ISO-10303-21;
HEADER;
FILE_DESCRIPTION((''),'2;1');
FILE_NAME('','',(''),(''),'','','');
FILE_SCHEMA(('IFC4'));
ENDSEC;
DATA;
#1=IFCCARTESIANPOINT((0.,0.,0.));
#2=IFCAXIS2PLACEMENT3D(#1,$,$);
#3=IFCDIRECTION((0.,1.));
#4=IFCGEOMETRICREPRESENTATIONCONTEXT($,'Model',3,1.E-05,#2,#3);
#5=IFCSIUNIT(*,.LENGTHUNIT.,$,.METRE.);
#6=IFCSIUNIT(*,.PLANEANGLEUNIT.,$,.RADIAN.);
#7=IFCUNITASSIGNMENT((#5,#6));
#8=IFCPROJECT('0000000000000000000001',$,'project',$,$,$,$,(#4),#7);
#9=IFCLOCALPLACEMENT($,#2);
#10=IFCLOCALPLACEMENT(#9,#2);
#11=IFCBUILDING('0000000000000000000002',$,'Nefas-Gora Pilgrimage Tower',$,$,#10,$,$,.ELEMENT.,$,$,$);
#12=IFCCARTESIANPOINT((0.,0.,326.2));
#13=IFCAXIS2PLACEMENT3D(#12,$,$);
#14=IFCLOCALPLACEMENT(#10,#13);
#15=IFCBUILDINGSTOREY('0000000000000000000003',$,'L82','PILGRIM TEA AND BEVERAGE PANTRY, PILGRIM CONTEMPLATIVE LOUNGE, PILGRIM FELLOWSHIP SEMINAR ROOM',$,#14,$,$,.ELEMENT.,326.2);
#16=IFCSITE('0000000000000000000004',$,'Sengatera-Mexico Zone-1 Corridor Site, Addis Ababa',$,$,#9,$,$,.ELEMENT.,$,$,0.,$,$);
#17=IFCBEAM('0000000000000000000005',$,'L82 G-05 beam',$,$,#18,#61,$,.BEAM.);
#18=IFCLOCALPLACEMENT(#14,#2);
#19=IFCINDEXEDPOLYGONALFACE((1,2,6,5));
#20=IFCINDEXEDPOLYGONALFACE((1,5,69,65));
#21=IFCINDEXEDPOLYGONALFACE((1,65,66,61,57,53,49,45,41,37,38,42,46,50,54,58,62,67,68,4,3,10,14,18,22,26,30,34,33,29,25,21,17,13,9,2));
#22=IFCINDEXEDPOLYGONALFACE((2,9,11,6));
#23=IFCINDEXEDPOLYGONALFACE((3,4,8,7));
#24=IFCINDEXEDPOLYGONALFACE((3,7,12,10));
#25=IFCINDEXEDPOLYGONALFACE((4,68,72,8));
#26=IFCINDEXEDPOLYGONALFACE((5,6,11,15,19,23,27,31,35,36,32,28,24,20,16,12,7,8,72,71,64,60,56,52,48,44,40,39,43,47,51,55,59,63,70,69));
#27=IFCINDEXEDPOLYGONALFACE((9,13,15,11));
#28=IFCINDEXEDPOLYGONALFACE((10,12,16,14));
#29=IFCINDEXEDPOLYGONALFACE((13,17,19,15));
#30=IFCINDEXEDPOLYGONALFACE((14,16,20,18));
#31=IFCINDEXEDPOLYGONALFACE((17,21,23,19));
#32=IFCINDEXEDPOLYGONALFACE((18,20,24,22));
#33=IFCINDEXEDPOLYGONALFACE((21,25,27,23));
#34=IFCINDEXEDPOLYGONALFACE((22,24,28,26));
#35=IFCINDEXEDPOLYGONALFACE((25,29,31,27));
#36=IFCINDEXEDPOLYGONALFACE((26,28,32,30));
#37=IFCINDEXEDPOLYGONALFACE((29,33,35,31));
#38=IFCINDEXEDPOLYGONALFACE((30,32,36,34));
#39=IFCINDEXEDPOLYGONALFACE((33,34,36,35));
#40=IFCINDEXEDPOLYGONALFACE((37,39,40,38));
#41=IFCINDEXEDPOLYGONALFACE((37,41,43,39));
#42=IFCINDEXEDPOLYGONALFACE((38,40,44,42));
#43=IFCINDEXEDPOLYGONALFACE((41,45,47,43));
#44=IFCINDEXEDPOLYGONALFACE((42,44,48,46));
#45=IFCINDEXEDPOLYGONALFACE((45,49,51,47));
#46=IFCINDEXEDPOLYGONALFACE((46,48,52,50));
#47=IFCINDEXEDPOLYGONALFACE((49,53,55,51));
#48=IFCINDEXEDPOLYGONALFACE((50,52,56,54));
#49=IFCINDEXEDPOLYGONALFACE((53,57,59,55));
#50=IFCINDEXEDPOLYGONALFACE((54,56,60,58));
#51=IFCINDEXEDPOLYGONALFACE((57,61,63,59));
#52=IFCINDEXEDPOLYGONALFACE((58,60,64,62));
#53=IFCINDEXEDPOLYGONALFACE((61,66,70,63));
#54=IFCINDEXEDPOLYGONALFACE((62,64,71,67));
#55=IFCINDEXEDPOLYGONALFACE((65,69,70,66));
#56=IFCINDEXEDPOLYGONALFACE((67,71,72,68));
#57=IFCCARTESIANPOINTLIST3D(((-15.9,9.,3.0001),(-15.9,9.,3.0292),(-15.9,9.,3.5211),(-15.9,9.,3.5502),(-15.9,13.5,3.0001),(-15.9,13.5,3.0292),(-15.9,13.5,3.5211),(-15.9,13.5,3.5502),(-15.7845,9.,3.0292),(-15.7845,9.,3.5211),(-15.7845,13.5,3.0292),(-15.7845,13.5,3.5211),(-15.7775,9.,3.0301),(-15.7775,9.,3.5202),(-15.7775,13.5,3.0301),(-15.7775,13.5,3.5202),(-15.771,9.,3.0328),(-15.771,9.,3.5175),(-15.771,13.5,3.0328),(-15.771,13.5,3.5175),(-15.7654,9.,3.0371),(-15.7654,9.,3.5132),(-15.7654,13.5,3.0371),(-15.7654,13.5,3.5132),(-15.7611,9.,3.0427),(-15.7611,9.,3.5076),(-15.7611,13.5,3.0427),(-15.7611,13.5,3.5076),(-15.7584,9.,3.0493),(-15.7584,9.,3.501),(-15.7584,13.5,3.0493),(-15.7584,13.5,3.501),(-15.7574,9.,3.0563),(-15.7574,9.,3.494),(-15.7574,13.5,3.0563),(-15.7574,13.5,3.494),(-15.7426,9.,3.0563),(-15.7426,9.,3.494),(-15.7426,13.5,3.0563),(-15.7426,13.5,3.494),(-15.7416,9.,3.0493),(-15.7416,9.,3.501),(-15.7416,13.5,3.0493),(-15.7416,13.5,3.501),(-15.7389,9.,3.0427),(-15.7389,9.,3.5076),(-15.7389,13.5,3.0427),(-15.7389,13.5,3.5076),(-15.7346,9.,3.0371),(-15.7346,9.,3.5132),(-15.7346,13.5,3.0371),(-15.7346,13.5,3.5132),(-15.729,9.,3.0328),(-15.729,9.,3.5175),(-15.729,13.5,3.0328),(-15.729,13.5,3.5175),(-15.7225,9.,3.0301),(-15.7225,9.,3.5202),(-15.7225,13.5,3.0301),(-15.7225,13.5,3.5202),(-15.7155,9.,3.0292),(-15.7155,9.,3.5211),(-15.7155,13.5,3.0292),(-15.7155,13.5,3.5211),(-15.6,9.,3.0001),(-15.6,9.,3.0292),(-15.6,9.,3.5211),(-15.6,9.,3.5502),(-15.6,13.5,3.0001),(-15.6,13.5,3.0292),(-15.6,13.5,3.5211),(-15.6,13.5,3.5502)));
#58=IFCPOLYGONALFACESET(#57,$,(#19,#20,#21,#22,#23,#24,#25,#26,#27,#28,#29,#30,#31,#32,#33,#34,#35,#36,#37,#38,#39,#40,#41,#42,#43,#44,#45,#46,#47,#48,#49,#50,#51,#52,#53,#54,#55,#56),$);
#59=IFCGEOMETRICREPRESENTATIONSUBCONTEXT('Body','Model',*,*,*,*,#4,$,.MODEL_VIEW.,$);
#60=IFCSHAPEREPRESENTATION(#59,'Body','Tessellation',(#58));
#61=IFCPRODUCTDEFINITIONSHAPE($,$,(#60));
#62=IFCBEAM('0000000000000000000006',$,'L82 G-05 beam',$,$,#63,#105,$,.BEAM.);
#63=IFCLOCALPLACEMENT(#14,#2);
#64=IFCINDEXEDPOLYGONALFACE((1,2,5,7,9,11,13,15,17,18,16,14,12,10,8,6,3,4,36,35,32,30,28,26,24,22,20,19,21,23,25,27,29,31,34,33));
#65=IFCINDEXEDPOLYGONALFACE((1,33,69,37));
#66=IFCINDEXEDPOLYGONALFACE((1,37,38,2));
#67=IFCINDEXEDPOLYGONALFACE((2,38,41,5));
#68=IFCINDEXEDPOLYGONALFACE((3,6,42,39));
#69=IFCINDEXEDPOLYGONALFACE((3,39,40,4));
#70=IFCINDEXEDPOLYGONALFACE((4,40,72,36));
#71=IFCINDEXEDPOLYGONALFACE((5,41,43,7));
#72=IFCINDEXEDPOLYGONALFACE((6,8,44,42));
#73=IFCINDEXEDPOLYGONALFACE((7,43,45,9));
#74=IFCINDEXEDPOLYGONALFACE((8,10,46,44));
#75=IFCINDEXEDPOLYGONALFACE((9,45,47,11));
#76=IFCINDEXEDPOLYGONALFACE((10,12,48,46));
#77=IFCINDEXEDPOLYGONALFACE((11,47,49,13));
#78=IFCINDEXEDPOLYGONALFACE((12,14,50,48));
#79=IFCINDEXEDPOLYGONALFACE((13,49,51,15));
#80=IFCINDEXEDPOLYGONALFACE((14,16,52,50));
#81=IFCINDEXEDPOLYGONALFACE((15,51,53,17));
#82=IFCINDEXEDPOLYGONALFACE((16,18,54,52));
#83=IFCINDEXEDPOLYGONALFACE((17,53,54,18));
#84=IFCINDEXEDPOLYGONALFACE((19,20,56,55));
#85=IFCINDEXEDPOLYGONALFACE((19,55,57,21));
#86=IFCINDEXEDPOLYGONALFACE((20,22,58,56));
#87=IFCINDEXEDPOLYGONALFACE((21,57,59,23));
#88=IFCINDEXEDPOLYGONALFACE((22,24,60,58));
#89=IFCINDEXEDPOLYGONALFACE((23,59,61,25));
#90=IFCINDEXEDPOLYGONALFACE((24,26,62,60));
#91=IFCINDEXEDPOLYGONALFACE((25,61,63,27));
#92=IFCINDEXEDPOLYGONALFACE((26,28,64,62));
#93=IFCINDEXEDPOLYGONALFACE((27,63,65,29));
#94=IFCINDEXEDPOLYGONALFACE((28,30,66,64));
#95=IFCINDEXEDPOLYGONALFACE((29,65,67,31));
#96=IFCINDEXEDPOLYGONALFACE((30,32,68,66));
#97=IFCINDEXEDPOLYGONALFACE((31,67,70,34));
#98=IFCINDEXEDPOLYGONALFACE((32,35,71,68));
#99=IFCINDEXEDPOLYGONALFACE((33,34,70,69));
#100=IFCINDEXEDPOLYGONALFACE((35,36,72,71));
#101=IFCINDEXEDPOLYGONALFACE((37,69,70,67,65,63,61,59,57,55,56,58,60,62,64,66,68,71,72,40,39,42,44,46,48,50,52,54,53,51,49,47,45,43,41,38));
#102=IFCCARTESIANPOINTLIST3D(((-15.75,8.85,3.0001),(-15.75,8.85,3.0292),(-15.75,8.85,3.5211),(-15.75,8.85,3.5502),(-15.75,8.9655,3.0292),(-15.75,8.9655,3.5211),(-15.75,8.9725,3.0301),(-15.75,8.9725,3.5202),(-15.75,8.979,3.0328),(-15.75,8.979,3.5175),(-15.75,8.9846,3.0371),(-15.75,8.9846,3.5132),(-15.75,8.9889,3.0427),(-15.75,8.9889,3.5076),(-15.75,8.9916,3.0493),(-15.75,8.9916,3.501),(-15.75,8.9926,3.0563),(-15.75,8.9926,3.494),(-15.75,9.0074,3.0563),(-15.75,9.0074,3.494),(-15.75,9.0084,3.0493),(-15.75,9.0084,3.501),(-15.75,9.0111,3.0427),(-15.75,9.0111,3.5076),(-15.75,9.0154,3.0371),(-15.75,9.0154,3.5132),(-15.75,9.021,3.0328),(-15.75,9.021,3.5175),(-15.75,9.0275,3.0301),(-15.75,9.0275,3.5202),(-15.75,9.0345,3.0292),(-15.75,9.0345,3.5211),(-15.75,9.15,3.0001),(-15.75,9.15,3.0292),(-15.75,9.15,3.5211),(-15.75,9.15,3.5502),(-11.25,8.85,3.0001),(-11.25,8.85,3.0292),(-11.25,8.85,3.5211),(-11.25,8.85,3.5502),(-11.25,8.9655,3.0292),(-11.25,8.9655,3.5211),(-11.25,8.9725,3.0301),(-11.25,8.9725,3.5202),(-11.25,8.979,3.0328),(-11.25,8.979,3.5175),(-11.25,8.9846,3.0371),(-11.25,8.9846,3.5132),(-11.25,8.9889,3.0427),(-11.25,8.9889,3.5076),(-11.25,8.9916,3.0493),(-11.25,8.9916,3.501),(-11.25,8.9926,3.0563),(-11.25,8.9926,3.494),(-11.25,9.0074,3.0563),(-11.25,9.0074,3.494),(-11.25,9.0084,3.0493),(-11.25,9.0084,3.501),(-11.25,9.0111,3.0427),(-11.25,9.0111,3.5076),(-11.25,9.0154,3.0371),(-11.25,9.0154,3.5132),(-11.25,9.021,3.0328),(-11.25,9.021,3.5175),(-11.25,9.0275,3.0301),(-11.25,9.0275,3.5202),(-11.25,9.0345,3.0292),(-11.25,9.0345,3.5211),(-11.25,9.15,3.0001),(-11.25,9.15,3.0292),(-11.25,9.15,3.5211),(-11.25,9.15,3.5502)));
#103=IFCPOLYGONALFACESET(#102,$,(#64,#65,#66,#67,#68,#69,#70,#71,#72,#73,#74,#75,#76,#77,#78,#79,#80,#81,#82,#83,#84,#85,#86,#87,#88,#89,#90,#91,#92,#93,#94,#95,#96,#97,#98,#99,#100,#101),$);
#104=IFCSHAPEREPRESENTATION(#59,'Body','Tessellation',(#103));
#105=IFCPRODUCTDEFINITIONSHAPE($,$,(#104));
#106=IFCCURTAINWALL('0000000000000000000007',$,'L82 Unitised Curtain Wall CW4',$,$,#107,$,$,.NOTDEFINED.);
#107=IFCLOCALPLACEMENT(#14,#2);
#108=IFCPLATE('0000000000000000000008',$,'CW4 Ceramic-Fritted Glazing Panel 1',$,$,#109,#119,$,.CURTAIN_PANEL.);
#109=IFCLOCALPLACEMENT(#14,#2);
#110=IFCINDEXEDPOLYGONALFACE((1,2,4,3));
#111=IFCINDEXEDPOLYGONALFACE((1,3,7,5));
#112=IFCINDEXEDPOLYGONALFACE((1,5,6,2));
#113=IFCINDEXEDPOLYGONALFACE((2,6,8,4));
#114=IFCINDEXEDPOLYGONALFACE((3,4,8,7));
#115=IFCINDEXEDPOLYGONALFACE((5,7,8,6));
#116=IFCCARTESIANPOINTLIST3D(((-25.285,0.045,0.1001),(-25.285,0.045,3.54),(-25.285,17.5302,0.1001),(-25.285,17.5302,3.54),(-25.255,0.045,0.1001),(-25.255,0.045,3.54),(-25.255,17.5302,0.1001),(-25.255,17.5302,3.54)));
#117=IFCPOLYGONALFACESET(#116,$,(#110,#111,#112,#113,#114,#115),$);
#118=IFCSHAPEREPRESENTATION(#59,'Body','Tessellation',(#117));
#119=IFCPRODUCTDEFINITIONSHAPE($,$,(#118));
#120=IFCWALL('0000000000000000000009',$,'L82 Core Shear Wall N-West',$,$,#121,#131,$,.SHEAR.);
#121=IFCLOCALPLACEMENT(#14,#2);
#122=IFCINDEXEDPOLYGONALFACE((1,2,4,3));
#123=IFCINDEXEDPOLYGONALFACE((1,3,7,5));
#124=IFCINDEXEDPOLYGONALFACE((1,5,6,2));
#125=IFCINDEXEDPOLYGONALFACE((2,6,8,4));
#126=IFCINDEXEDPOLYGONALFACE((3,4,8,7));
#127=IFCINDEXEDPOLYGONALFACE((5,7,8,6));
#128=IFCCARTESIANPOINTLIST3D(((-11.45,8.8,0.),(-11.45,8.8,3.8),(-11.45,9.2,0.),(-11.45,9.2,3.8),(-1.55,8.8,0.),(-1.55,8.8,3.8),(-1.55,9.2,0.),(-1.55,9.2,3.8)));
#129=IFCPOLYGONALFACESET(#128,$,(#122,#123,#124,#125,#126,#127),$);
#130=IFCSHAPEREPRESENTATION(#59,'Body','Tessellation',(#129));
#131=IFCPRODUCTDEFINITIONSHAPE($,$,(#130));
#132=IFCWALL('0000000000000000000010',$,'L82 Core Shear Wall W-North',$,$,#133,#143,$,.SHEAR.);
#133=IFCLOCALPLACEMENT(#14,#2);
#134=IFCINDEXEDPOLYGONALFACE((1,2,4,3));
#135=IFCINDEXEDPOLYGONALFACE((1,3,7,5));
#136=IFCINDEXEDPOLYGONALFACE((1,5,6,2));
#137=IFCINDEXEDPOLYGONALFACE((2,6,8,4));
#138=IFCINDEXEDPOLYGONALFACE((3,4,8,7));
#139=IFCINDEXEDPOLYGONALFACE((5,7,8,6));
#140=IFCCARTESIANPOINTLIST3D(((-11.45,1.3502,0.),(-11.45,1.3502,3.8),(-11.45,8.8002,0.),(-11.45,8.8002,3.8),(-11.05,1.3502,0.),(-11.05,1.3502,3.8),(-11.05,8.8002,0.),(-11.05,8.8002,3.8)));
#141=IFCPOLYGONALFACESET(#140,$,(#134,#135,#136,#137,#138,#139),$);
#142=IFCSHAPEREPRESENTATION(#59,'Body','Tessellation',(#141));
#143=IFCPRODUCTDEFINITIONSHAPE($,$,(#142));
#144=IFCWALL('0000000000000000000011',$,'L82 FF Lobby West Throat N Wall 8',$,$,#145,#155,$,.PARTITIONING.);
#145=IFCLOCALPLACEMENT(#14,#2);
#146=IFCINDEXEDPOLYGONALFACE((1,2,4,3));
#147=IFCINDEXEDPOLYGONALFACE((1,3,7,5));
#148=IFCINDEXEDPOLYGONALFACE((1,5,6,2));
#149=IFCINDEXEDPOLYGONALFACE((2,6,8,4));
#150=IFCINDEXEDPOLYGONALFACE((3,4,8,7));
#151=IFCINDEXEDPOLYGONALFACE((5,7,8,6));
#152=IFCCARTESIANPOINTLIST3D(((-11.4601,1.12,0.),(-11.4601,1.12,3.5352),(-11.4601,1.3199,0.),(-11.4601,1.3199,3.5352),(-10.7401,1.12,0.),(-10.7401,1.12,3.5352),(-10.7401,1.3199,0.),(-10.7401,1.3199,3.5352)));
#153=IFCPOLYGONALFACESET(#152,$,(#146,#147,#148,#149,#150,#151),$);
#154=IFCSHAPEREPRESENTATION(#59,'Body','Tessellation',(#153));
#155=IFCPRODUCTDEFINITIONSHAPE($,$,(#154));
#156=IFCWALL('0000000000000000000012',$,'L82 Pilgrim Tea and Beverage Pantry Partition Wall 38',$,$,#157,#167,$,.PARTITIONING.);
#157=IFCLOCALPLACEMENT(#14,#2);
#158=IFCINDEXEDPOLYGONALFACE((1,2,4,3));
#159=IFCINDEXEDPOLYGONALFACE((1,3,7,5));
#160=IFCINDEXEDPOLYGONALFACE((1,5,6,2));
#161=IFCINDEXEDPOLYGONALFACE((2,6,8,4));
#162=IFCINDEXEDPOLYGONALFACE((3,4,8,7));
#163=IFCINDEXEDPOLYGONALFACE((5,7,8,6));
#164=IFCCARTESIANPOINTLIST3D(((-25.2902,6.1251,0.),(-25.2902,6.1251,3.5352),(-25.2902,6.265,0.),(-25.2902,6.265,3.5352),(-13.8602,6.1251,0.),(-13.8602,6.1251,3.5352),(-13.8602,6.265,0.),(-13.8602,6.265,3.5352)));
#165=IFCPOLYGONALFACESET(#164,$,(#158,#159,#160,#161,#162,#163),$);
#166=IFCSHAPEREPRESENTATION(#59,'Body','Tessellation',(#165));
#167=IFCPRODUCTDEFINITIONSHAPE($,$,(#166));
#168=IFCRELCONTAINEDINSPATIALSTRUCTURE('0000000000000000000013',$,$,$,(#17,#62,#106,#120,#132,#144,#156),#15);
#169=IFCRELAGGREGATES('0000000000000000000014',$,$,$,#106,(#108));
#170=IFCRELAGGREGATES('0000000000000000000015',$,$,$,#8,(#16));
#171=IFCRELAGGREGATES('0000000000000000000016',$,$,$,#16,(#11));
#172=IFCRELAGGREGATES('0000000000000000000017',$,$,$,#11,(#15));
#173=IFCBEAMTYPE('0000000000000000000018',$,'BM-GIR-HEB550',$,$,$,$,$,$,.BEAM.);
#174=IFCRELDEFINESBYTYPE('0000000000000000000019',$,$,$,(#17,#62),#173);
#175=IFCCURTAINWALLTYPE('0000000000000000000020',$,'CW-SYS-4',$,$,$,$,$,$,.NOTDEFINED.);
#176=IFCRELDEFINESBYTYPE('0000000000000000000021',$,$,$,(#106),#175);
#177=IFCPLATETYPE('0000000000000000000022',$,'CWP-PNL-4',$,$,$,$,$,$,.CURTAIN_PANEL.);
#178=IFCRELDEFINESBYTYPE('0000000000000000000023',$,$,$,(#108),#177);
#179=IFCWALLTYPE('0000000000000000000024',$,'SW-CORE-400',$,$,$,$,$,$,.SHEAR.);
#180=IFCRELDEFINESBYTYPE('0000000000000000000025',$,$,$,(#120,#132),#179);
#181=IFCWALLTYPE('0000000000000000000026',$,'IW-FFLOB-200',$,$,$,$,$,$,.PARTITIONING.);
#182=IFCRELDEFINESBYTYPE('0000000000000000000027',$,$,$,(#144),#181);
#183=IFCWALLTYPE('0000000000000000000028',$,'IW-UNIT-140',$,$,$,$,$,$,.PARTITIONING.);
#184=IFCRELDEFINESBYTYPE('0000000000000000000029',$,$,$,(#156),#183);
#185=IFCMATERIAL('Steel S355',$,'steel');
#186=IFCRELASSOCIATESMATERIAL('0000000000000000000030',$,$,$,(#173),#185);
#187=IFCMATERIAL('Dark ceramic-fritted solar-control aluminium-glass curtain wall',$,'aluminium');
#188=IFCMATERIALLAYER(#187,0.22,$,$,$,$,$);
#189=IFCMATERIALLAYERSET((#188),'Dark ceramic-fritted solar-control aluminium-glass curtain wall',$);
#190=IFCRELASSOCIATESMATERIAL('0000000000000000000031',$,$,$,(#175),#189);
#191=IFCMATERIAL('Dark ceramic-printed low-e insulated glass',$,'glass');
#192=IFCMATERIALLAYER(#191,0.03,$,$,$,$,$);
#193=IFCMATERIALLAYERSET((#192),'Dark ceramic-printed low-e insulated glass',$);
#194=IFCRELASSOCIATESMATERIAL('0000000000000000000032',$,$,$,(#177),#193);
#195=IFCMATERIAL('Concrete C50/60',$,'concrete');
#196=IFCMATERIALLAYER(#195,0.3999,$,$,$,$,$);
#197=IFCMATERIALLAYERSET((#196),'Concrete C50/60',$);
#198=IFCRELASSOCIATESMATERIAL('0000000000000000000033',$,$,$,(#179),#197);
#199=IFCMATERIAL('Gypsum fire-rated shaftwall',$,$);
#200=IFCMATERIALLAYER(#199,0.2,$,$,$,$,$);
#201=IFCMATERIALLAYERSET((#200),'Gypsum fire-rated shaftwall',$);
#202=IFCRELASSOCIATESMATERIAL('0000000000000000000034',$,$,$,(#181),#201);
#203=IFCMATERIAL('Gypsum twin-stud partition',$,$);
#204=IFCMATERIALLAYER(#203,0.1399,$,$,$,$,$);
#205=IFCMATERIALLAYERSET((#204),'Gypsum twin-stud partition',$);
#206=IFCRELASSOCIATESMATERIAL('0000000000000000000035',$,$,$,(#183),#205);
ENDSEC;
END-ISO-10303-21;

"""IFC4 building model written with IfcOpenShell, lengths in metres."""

from ifc_helpers import new_model, si_unit, direction, frame, frame_2d, origin, origin_2d, place, context, subcontext, project, spatial, rectangle, i_section, extrude, source, transform, mapped, material, layer, layer_set, material_profile, profile_set, type_object, element, aggregate, save


model = new_model("IFC4")

# Units and contexts
model_context = context("Model", 3, precision=1e-05, world=origin(), true_north=direction((0.0, 1.0)))
body_context = subcontext(model_context, "Body", "Model", "MODEL_VIEW")
ifc_project = project(units=[si_unit("LENGTHUNIT", "METRE"), si_unit("PLANEANGLEUNIT", "RADIAN")], contexts=[model_context])

# Site, building, storey
site_placement = place(None, origin())
site = spatial("IfcSite", under=ifc_project, at=site_placement, Name="Sengatera-Mexico Zone-1 Corridor Site, Addis Ababa", CompositionType="ELEMENT", RefElevation=0.0)
building_placement = place(site_placement, origin())
building = spatial("IfcBuilding", under=site, at=building_placement, Name="Nefas-Gora Pilgrimage Tower", CompositionType="ELEMENT")
storey_placement = place(building_placement, frame((0.0, 0.0, 326.2)))
storey = spatial("IfcBuildingStorey", under=building, at=storey_placement, Name="L82", Description="PILGRIM TEA AND BEVERAGE PANTRY, PILGRIM CONTEMPLATIVE LOUNGE, PILGRIM FELLOWSHIP SEMINAR ROOM", CompositionType="ELEMENT", Elevation=326.2)

# Shared definitions
ifc_material_1 = material(Name="Steel S355", Category="steel")
ifc_material_2 = material(Name="Concrete C50/60", Category="concrete")

# Beams
ifc_material_profile_1 = material_profile(ifc_material_1, i_section(OverallWidth=0.3, OverallDepth=0.55, WebThickness=0.0149, FlangeThickness=0.0291, FilletRadius=0.0271, at=origin_2d()), Name="HEB 550")
ifc_profile_set_1 = profile_set([ifc_material_profile_1], Name="Steel S355")
beam_type_1 = type_object("IfcBeamType", Name="BM-GIR-HEB550", PredefinedType="BEAM", material=ifc_profile_set_1)
shared_shape_1 = source(origin(), body_context, "Body", "SweptSolid", [
    extrude(i_section(OverallWidth=0.3, OverallDepth=0.55, WebThickness=0.0149, FlangeThickness=0.0291, FilletRadius=0.0271, at=origin_2d()), origin(), (0.0, 0.0, 1.0), 4.5),
])
for number, where, z_axis, x_axis, name in (
    (1, (-15.75, 9.0, 3.2751), (0.0, 1.0, 0.0), (-1.0, 0.0, 0.0), "L82 G-05 beam"),
    (2, (-15.75, 9.0, 3.2751), (1.0, 0.0, 0.0), (0.0, 1.0, 0.0), "L82 G-05 beam"),
):
    element("IfcBeam", number, at=place(storey_placement, frame(where, z_axis=z_axis, x_axis=x_axis)), inside=storey, type_object=beam_type_1, Name=name, PredefinedType="BEAM", context=body_context, shape_type="MappedRepresentation", body=[
        mapped(shared_shape_1, transform((0.0, 0.0, 0.0), x_axis=(1.0, 0.0, 0.0), y_axis=(0.0, 1.0, 0.0), z_axis=(0.0, 0.0, 1.0), scale=1.0)),
    ])

# Curtain wall, plate
ifc_material_3 = material(Name="Dark ceramic-fritted solar-control aluminium-glass curtain wall", Category="aluminium")
ifc_layer_1 = layer(ifc_material_3, 0.22)
ifc_layer_set_1 = layer_set([ifc_layer_1], Name="Dark ceramic-fritted solar-control aluminium-glass curtain wall")
curtain_wall_type = type_object("IfcCurtainWallType", Name="CW-SYS-4", PredefinedType="NOTDEFINED", material=ifc_layer_set_1)
curtain_wall_placement = place(storey_placement, origin())
curtain_wall = element("IfcCurtainWall", 3, at=curtain_wall_placement, inside=storey, type_object=curtain_wall_type, Name="L82 Unitised Curtain Wall CW4", PredefinedType="NOTDEFINED")
ifc_material_4 = material(Name="Dark ceramic-printed low-e insulated glass", Category="glass")
ifc_layer_2 = layer(ifc_material_4, 0.03)
ifc_layer_set_2 = layer_set([ifc_layer_2], Name="Dark ceramic-printed low-e insulated glass")
plate_type = type_object("IfcPlateType", Name="CWP-PNL-4", PredefinedType="CURTAIN_PANEL", material=ifc_layer_set_2)
shared_shape_2 = source(origin(), body_context, "Body", "SweptSolid", [
    extrude(rectangle(XDim=17.4851, YDim=0.03, at=origin_2d()), origin(), (0.0, 0.0, 1.0), 3.4399),
])
plate_placement = place(storey_placement, frame((-25.27, 8.7876, 0.1001), z_axis=(0.0, 0.0, 1.0), x_axis=(0.0, -1.0, 0.0)))
plate = element("IfcPlate", 4, at=plate_placement, type_object=plate_type, Name="CW4 Ceramic-Fritted Glazing Panel 1", PredefinedType="CURTAIN_PANEL", context=body_context, shape_type="MappedRepresentation", body=[
    mapped(shared_shape_2, transform((0.0, 0.0, 0.0), x_axis=(1.0, 0.0, 0.0), y_axis=(0.0, 1.0, 0.0), z_axis=(0.0, 0.0, 1.0), scale=1.0)),
])
aggregate(curtain_wall, [plate])

# Walls
ifc_layer_3 = layer(ifc_material_2, 0.3999)
ifc_layer_set_3 = layer_set([ifc_layer_3], Name="Concrete C50/60")
wall_type_1 = type_object("IfcWallType", Name="SW-CORE-400", PredefinedType="SHEAR", material=ifc_layer_set_3)
shared_shape_3 = source(origin(), body_context, "Body", "SweptSolid", [
    extrude(rectangle(XDim=9.8999, YDim=0.3999, at=frame_2d((4.95, 0.0))), origin(), (0.0, 0.0, 1.0), 3.8),
])
wall_1_placement = place(storey_placement, frame((-11.45, 9.0, 0.0), z_axis=(0.0, 0.0, 1.0), x_axis=(1.0, 0.0, 0.0)))
element("IfcWall", 5, at=wall_1_placement, inside=storey, type_object=wall_type_1, Name="L82 Core Shear Wall N-West", PredefinedType="SHEAR", context=body_context, shape_type="MappedRepresentation", body=[
    mapped(shared_shape_3, transform((0.0, 0.0, 0.0), x_axis=(1.0, 0.0, 0.0), y_axis=(0.0, 1.0, 0.0), z_axis=(0.0, 0.0, 1.0), scale=1.0)),
])
shared_shape_4 = source(origin(), body_context, "Body", "SweptSolid", [
    extrude(rectangle(XDim=7.45, YDim=0.3999, at=frame_2d((3.7251, 0.0))), origin(), (0.0, 0.0, 1.0), 3.8),
])
wall_2_placement = place(storey_placement, frame((-11.25, 1.3501, 0.0), z_axis=(0.0, 0.0, 1.0), x_axis=(0.0, 1.0, 0.0)))
element("IfcWall", 6, at=wall_2_placement, inside=storey, type_object=wall_type_1, Name="L82 Core Shear Wall W-North", PredefinedType="SHEAR", context=body_context, shape_type="MappedRepresentation", body=[
    mapped(shared_shape_4, transform((0.0, 0.0, 0.0), x_axis=(1.0, 0.0, 0.0), y_axis=(0.0, 1.0, 0.0), z_axis=(0.0, 0.0, 1.0), scale=1.0)),
])
ifc_material_5 = material(Name="Gypsum fire-rated shaftwall")
ifc_layer_4 = layer(ifc_material_5, 0.2)
ifc_layer_set_4 = layer_set([ifc_layer_4], Name="Gypsum fire-rated shaftwall")
wall_type_2 = type_object("IfcWallType", Name="IW-FFLOB-200", PredefinedType="PARTITIONING", material=ifc_layer_set_4)
shared_shape_5 = source(origin(), body_context, "Body", "SweptSolid", [
    extrude(rectangle(XDim=0.72, YDim=0.2, at=frame_2d((0.3599, 0.0))), origin(), (0.0, 0.0, 1.0), 3.5352),
])
wall_3_placement = place(storey_placement, frame((-11.46, 1.22, 0.0), z_axis=(0.0, 0.0, 1.0), x_axis=(1.0, 0.0, 0.0)))
element("IfcWall", 7, at=wall_3_placement, inside=storey, type_object=wall_type_2, Name="L82 FF Lobby West Throat N Wall 8", PredefinedType="PARTITIONING", context=body_context, shape_type="MappedRepresentation", body=[
    mapped(shared_shape_5, transform((0.0, 0.0, 0.0), x_axis=(1.0, 0.0, 0.0), y_axis=(0.0, 1.0, 0.0), z_axis=(0.0, 0.0, 1.0), scale=1.0)),
])
ifc_material_6 = material(Name="Gypsum twin-stud partition")
ifc_layer_5 = layer(ifc_material_6, 0.1399)
ifc_layer_set_5 = layer_set([ifc_layer_5], Name="Gypsum twin-stud partition")
wall_type_3 = type_object("IfcWallType", Name="IW-UNIT-140", PredefinedType="PARTITIONING", material=ifc_layer_set_5)
shared_shape_6 = source(origin(), body_context, "Body", "SweptSolid", [
    extrude(rectangle(XDim=11.4299, YDim=0.1399, at=frame_2d((5.7148, 0.0))), origin(), (0.0, 0.0, 1.0), 3.5352),
])
wall_4_placement = place(storey_placement, frame((-25.29, 6.1951, 0.0), z_axis=(0.0, 0.0, 1.0), x_axis=(1.0, 0.0, 0.0)))
element("IfcWall", 8, at=wall_4_placement, inside=storey, type_object=wall_type_3, Name="L82 Pilgrim Tea and Beverage Pantry Partition Wall 38", PredefinedType="PARTITIONING", context=body_context, shape_type="MappedRepresentation", body=[
    mapped(shared_shape_6, transform((0.0, 0.0, 0.0), x_axis=(1.0, 0.0, 0.0), y_axis=(0.0, 1.0, 0.0), z_axis=(0.0, 0.0, 1.0), scale=1.0)),
])

save(model, "model.ifc")
